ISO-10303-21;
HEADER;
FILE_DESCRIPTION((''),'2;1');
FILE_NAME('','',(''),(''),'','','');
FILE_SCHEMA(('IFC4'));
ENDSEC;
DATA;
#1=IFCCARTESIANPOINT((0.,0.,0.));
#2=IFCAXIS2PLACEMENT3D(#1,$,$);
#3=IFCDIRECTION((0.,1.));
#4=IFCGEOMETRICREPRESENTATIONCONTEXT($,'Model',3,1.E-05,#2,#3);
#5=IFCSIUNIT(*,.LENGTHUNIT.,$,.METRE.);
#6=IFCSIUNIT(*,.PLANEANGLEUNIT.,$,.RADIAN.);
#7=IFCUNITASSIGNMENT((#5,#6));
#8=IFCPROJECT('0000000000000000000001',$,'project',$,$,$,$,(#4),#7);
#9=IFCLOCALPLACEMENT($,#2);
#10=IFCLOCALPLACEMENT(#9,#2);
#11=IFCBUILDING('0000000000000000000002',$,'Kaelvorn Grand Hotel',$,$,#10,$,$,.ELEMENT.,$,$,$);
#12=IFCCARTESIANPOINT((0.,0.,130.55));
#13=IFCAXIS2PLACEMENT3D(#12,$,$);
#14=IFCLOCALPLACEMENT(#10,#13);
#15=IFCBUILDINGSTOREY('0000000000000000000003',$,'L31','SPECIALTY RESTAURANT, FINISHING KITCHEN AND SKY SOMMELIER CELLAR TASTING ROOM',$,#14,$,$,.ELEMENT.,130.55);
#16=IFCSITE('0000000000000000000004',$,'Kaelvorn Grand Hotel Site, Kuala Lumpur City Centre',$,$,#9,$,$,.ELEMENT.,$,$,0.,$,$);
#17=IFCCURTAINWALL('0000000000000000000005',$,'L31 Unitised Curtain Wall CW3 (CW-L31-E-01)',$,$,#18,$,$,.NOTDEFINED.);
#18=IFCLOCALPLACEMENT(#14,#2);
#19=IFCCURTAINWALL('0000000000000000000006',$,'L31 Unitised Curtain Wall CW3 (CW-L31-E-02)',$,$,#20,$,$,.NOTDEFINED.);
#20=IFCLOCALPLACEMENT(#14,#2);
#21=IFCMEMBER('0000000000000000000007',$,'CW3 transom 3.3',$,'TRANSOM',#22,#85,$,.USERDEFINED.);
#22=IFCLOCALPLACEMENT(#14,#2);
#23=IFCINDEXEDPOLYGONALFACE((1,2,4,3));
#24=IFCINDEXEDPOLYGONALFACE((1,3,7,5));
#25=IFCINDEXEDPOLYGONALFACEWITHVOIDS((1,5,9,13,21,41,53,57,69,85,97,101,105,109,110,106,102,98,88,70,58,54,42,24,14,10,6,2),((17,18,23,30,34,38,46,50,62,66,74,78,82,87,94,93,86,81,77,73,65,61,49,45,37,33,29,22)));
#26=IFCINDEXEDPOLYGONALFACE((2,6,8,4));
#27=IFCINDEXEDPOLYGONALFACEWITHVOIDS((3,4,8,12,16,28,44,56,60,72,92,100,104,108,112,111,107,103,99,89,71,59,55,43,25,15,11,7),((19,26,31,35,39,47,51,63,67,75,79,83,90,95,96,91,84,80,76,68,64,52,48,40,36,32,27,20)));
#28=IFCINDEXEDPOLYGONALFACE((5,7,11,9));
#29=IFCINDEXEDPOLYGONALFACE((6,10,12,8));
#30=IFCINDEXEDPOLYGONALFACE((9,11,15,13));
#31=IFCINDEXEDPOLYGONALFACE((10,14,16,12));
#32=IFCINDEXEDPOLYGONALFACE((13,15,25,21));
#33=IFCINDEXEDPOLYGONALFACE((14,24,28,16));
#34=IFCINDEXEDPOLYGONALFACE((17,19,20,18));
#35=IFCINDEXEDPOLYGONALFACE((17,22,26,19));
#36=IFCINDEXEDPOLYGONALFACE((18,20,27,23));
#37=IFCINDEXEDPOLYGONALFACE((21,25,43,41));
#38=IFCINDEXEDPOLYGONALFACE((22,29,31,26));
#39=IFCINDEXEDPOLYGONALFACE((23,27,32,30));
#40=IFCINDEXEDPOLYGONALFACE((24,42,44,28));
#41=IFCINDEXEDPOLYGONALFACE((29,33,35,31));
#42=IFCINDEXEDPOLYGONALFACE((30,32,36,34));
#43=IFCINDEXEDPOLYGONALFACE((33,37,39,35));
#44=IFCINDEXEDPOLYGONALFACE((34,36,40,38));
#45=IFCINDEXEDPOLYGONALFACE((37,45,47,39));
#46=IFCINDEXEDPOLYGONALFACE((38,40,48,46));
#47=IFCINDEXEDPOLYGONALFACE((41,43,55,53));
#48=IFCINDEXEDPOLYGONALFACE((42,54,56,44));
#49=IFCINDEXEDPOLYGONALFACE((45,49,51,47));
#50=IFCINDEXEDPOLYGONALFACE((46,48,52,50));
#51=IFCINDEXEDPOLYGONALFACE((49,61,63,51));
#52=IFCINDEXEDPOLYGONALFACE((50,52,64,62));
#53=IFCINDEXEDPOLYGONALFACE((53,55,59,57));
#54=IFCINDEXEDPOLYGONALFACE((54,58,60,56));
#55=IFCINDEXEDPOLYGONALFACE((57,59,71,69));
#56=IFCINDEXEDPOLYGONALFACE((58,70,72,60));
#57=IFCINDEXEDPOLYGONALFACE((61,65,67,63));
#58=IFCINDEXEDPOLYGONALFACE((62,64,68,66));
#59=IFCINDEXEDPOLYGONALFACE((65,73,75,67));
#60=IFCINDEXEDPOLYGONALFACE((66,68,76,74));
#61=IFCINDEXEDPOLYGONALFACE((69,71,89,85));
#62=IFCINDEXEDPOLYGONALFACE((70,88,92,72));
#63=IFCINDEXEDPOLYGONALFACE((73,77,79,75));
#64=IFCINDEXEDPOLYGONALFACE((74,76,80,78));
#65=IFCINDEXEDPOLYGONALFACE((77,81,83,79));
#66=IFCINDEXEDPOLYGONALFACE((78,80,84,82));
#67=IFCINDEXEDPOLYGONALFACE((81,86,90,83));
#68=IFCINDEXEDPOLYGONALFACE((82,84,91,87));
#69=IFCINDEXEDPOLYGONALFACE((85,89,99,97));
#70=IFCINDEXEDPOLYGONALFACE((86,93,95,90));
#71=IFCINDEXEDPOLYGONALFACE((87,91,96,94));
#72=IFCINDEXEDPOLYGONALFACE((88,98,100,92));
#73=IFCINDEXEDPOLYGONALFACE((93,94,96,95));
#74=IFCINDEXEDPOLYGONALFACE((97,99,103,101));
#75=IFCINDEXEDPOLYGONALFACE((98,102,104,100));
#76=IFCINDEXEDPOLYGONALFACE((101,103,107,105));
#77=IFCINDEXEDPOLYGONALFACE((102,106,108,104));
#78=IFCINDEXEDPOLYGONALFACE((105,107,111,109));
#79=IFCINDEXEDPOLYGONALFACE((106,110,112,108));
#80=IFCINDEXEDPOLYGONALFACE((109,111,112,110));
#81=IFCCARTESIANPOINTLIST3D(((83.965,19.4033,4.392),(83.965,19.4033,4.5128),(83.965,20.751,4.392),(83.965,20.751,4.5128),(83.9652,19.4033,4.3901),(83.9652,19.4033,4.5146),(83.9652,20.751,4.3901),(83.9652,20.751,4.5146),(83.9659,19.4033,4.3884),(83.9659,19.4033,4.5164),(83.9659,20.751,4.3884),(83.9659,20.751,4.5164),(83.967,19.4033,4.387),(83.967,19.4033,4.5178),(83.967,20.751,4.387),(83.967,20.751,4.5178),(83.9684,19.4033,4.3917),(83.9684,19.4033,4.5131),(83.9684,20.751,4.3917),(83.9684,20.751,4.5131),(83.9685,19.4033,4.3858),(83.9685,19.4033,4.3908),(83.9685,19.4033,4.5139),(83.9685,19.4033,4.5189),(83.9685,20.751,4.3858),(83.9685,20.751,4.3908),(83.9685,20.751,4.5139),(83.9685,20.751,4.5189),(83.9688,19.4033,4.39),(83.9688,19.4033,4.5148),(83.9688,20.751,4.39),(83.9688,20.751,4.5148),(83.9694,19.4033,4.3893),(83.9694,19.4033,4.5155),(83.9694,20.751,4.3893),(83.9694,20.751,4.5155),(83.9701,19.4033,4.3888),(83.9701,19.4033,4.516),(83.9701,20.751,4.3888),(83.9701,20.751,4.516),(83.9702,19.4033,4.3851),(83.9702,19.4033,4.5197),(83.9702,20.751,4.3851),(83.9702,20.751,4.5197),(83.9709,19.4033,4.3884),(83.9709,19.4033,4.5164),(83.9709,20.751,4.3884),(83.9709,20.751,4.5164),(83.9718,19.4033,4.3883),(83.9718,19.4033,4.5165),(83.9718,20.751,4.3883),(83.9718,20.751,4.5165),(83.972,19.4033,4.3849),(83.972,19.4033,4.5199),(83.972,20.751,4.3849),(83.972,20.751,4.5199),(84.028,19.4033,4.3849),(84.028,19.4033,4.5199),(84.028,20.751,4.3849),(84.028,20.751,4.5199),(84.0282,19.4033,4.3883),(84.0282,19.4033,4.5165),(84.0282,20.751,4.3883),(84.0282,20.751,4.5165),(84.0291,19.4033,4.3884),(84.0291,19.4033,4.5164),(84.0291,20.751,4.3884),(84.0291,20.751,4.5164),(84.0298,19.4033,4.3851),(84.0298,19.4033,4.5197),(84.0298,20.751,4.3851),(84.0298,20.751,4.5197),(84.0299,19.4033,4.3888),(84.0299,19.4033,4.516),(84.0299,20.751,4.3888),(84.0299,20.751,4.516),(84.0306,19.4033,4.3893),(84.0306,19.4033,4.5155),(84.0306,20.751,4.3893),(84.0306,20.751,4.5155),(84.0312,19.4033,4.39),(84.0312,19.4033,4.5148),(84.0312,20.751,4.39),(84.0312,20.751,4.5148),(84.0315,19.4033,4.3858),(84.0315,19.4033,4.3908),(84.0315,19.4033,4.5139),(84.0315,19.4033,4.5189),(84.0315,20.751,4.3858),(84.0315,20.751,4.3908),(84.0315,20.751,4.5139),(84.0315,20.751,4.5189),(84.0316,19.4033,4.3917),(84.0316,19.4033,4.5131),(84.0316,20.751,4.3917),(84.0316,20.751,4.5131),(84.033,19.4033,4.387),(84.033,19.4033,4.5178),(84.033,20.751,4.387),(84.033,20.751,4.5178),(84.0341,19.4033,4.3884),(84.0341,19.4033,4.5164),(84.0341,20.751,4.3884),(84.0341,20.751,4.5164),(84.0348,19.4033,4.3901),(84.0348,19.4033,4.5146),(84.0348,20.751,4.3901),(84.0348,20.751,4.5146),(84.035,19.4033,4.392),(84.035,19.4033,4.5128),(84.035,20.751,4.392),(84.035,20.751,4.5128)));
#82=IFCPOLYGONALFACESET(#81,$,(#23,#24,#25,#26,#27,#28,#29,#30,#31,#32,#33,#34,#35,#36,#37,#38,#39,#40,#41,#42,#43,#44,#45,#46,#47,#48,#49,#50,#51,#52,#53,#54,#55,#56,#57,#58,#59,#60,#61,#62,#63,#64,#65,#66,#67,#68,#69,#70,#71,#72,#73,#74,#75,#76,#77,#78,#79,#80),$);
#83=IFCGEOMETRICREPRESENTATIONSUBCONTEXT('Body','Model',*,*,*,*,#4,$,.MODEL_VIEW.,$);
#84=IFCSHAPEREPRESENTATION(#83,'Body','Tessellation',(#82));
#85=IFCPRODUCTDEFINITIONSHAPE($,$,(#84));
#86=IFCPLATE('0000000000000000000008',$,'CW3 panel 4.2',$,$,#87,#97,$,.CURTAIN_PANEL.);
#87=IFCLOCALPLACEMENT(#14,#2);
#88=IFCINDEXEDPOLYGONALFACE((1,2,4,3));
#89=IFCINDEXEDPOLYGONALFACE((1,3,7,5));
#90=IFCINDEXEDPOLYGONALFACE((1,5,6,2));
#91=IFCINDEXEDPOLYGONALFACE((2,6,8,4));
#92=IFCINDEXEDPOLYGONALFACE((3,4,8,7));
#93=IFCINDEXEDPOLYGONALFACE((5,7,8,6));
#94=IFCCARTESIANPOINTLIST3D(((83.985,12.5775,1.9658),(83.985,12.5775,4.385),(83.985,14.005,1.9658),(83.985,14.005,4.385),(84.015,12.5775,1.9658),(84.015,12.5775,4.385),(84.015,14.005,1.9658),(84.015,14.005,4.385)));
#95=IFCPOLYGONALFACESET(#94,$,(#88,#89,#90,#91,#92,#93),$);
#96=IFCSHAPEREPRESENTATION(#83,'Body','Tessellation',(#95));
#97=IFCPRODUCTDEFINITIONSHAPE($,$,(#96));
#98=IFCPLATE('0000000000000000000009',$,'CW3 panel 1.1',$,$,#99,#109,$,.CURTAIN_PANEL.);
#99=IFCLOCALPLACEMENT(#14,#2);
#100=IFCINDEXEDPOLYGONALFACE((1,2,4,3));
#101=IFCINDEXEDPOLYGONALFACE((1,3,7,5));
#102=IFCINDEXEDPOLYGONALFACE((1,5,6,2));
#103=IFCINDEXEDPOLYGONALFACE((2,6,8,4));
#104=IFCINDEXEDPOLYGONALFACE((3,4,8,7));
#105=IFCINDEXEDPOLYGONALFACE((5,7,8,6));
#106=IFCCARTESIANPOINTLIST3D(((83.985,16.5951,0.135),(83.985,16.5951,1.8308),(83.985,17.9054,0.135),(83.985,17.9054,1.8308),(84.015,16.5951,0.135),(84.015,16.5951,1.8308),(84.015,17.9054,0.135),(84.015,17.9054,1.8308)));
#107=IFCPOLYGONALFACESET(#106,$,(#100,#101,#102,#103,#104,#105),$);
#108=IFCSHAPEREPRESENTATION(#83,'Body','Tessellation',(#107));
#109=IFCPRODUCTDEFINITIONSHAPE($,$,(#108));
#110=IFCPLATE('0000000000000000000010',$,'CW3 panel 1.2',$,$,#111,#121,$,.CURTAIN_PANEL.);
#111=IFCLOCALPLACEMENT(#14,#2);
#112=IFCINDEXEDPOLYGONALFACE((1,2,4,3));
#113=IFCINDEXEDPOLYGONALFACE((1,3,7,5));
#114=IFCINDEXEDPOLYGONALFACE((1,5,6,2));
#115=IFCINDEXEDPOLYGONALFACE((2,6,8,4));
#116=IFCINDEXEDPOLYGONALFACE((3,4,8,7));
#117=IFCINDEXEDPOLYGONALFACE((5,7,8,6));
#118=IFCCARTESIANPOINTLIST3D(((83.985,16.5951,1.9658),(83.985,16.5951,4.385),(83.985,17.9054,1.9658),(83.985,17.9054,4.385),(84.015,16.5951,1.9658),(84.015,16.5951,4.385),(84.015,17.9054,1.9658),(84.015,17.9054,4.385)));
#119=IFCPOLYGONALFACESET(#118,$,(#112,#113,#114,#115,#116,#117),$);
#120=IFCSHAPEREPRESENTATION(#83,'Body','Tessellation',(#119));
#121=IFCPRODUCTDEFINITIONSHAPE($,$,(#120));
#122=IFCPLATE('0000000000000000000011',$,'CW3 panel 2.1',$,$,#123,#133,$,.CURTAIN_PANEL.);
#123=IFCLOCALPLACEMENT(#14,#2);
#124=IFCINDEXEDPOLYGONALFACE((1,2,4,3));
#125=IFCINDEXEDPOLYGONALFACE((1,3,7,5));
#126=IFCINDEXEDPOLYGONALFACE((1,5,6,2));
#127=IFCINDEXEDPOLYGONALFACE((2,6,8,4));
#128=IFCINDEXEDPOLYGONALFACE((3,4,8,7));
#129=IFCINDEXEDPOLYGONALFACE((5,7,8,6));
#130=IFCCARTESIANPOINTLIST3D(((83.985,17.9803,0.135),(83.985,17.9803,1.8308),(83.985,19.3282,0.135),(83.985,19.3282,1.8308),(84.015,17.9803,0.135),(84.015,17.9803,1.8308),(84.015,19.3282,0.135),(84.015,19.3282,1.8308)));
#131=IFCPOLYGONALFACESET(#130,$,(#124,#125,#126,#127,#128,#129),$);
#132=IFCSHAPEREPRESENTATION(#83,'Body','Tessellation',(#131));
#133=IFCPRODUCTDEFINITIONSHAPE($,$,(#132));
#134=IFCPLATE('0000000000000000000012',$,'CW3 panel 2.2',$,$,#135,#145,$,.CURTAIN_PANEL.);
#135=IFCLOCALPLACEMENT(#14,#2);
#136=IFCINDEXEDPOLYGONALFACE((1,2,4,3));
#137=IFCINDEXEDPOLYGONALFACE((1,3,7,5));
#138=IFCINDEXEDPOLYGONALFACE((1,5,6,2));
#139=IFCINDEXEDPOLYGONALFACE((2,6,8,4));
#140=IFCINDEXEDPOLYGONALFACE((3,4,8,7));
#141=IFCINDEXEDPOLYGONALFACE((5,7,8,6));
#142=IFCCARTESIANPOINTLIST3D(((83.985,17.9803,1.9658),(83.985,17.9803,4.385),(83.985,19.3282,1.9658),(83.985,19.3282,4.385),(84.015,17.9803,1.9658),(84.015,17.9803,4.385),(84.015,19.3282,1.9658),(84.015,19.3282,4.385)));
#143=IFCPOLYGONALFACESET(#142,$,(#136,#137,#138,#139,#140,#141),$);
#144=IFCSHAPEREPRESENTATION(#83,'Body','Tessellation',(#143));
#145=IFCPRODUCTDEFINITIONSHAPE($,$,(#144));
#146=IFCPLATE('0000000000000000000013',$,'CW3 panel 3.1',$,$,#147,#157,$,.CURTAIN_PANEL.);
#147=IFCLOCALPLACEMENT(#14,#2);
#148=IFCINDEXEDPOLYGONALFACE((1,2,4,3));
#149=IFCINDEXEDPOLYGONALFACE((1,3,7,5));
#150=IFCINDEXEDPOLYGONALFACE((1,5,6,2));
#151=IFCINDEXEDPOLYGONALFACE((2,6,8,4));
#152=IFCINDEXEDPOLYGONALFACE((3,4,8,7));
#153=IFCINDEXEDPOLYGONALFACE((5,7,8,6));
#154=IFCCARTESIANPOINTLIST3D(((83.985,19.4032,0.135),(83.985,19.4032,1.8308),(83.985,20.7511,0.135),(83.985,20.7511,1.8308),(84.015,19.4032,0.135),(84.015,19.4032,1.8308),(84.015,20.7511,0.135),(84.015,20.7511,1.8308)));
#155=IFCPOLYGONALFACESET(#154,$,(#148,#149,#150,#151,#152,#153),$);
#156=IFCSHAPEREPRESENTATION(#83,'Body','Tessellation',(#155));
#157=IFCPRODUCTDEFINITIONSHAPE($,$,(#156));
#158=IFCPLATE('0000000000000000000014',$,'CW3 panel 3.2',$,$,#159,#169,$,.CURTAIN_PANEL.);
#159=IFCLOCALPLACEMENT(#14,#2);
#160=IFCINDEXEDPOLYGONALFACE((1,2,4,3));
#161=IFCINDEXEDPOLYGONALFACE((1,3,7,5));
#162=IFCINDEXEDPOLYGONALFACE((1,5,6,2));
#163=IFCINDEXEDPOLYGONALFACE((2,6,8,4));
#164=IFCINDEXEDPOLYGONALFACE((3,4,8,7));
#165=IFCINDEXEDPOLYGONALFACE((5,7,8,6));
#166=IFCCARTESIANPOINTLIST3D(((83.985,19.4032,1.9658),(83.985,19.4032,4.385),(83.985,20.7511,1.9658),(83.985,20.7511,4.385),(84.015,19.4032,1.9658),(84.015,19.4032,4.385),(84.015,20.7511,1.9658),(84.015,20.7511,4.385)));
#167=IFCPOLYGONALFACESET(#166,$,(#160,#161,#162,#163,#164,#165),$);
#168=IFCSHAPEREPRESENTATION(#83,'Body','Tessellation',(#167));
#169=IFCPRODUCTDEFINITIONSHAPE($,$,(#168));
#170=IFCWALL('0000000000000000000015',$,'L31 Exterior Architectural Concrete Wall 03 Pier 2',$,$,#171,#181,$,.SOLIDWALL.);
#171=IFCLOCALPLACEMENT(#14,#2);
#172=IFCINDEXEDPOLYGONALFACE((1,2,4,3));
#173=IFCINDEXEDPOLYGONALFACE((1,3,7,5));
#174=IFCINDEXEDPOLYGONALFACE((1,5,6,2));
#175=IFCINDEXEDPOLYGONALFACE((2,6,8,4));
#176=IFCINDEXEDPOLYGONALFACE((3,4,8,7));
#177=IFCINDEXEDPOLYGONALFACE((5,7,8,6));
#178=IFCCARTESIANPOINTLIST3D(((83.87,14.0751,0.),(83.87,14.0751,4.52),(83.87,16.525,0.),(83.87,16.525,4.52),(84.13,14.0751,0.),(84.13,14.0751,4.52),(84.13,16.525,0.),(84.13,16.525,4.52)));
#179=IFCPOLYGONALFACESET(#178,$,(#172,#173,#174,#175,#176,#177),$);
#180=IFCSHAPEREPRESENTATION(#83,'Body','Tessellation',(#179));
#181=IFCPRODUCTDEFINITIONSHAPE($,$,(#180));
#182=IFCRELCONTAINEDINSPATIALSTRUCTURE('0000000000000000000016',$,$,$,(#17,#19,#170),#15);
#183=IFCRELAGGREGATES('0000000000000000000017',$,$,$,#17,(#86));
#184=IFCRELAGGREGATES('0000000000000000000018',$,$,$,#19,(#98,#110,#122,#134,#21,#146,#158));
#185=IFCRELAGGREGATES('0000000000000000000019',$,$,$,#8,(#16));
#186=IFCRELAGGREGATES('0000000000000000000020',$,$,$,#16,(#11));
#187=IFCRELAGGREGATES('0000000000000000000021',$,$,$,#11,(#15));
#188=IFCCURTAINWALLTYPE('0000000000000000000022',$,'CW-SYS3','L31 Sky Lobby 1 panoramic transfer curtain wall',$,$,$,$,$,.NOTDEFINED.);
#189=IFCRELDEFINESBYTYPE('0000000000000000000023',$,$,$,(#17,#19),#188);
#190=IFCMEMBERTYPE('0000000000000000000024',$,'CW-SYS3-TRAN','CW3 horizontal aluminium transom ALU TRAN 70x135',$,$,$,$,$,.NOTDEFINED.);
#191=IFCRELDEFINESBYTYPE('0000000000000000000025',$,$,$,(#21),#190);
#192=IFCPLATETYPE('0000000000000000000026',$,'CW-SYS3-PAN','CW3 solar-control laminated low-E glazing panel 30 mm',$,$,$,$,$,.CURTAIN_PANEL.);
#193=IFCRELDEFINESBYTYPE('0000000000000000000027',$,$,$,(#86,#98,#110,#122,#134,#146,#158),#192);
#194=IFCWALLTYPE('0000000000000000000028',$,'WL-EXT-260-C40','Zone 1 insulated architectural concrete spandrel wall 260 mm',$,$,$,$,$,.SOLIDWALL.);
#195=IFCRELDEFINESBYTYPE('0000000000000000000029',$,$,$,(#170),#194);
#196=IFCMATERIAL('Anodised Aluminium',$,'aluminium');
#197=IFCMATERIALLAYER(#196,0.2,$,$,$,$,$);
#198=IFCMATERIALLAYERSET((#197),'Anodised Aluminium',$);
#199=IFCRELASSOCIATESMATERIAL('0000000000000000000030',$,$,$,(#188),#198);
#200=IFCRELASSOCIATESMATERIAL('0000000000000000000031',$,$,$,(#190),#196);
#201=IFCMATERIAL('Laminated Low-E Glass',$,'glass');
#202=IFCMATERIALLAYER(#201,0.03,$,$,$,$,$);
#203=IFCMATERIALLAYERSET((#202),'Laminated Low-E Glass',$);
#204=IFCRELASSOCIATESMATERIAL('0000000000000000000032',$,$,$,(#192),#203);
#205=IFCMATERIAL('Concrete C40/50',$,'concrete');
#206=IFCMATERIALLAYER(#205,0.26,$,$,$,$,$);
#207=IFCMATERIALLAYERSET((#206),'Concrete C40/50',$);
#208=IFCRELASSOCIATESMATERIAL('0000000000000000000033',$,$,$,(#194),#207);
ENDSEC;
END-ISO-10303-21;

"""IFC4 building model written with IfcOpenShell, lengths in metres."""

from ifc_helpers import new_model, si_unit, direction, frame, frame_2d, origin, origin_2d, place, context, subcontext, project, spatial, rectangle, hollow_rectangle, extrude, material, layer, layer_set, material_profile, profile_set, type_object, element, aggregate, save


model = new_model("IFC4")

# Units and contexts
model_context = context("Model", 3, precision=1e-05, world=origin(), true_north=direction((0.0, 1.0)))
body_context = subcontext(model_context, "Body", "Model", "MODEL_VIEW")
ifc_project = project(units=[si_unit("LENGTHUNIT", "METRE"), si_unit("PLANEANGLEUNIT", "RADIAN")], contexts=[model_context])

# Site, building, storey
site_placement = place(None, origin())
site = spatial("IfcSite", under=ifc_project, at=site_placement, Name="Kaelvorn Grand Hotel Site, Kuala Lumpur City Centre", CompositionType="ELEMENT", RefElevation=0.0)
building_placement = place(site_placement, origin())
building = spatial("IfcBuilding", under=site, at=building_placement, Name="Kaelvorn Grand Hotel", CompositionType="ELEMENT")
storey_placement = place(building_placement, frame((0.0, 0.0, 130.55)))
storey = spatial("IfcBuildingStorey", under=building, at=storey_placement, Name="L31", Description="SPECIALTY RESTAURANT, FINISHING KITCHEN AND SKY SOMMELIER CELLAR TASTING ROOM", CompositionType="ELEMENT", Elevation=130.55)

# Curtain wall
ifc_material_1 = material(Name="Anodised Aluminium", Category="aluminium")
ifc_layer_1 = layer(ifc_material_1, 0.2)
ifc_layer_set_1 = layer_set([ifc_layer_1], Name="Anodised Aluminium")
curtain_wall_type = type_object("IfcCurtainWallType", Name="CW-SYS3", Description="L31 Sky Lobby 1 panoramic transfer curtain wall", PredefinedType="NOTDEFINED", material=ifc_layer_set_1)
curtain_wall_1_placement = place(storey_placement, origin())
curtain_wall_1 = element("IfcCurtainWall", 1, at=curtain_wall_1_placement, inside=storey, type_object=curtain_wall_type, Name="L31 Unitised Curtain Wall CW3 (CW-L31-E-01)", PredefinedType="NOTDEFINED")

# Curtain wall, member
curtain_wall_2_placement = place(storey_placement, origin())
curtain_wall_2 = element("IfcCurtainWall", 2, at=curtain_wall_2_placement, inside=storey, type_object=curtain_wall_type, Name="L31 Unitised Curtain Wall CW3 (CW-L31-E-02)", PredefinedType="NOTDEFINED")
ifc_material_profile_1 = material_profile(ifc_material_1, hollow_rectangle(XDim=0.0701, YDim=0.135, WallThickness=0.0034, InnerFilletRadius=0.0034, OuterFilletRadius=0.0071, at=origin_2d()), Name="ALU TRAN 70x135")
ifc_profile_set_1 = profile_set([ifc_material_profile_1], Name="Anodised Aluminium")
member_type_1 = type_object("IfcMemberType", Name="CW-SYS3-TRAN", Description="CW3 horizontal aluminium transom ALU TRAN 70x135", PredefinedType="NOTDEFINED", material=ifc_profile_set_1)
member_1_placement = place(storey_placement, frame((84.0, 19.4033, 4.4524), z_axis=(0.0, 1.0, 0.0), x_axis=(-1.0, 0.0, 0.0)))
member_1 = element("IfcMember", 3, at=member_1_placement, type_object=member_type_1, Name="CW3 transom 3.3", ObjectType="TRANSOM", PredefinedType="USERDEFINED", context=body_context, shape_type="SweptSolid", body=[
    extrude(hollow_rectangle(XDim=0.0701, YDim=0.135, WallThickness=0.0034, InnerFilletRadius=0.0034, OuterFilletRadius=0.0071, at=origin_2d()), origin(), (0.0, 0.0, 1.0), 1.3477),
])

# Plates
ifc_material_2 = material(Name="Laminated Low-E Glass", Category="glass")
ifc_layer_2 = layer(ifc_material_2, 0.03)
ifc_layer_set_2 = layer_set([ifc_layer_2], Name="Laminated Low-E Glass")
plate_type = type_object("IfcPlateType", Name="CW-SYS3-PAN", Description="CW3 solar-control laminated low-E glazing panel 30 mm", PredefinedType="CURTAIN_PANEL", material=ifc_layer_set_2)
plate_1_placement = place(storey_placement, frame((84.0, 13.2913, 1.9658), z_axis=(0.0, 0.0, 1.0), x_axis=(0.0, 1.0, 0.0)))
plate_1 = element("IfcPlate", 4, at=plate_1_placement, type_object=plate_type, Name="CW3 panel 4.2", PredefinedType="CURTAIN_PANEL", context=body_context, shape_type="SweptSolid", body=[
    extrude(rectangle(XDim=1.4275, YDim=0.03, at=origin_2d()), origin(), (0.0, 0.0, 1.0), 2.4192),
])
aggregate(curtain_wall_1, [plate_1])
plate_2_placement = place(storey_placement, frame((84.0, 17.2502, 0.135), z_axis=(0.0, 0.0, 1.0), x_axis=(0.0, 1.0, 0.0)))
plate_2 = element("IfcPlate", 5, at=plate_2_placement, type_object=plate_type, Name="CW3 panel 1.1", PredefinedType="CURTAIN_PANEL", context=body_context, shape_type="SweptSolid", body=[
    extrude(rectangle(XDim=1.3103, YDim=0.03, at=origin_2d()), origin(), (0.0, 0.0, 1.0), 1.6958),
])
plate_3_placement = place(storey_placement, frame((84.0, 17.2502, 1.9658), z_axis=(0.0, 0.0, 1.0), x_axis=(0.0, 1.0, 0.0)))
plate_3 = element("IfcPlate", 6, at=plate_3_placement, type_object=plate_type, Name="CW3 panel 1.2", PredefinedType="CURTAIN_PANEL", context=body_context, shape_type="SweptSolid", body=[
    extrude(rectangle(XDim=1.3103, YDim=0.03, at=origin_2d()), origin(), (0.0, 0.0, 1.0), 2.4192),
])
plate_4_placement = place(storey_placement, frame((84.0, 18.6543, 0.135), z_axis=(0.0, 0.0, 1.0), x_axis=(0.0, 1.0, 0.0)))
plate_4 = element("IfcPlate", 7, at=plate_4_placement, type_object=plate_type, Name="CW3 panel 2.1", PredefinedType="CURTAIN_PANEL", context=body_context, shape_type="SweptSolid", body=[
    extrude(rectangle(XDim=1.3479, YDim=0.03, at=origin_2d()), origin(), (0.0, 0.0, 1.0), 1.6958),
])
plate_5_placement = place(storey_placement, frame((84.0, 18.6543, 1.9658), z_axis=(0.0, 0.0, 1.0), x_axis=(0.0, 1.0, 0.0)))
plate_5 = element("IfcPlate", 8, at=plate_5_placement, type_object=plate_type, Name="CW3 panel 2.2", PredefinedType="CURTAIN_PANEL", context=body_context, shape_type="SweptSolid", body=[
    extrude(rectangle(XDim=1.3479, YDim=0.03, at=origin_2d()), origin(), (0.0, 0.0, 1.0), 2.4192),
])
plate_6_placement = place(storey_placement, frame((84.0, 20.0771, 0.135), z_axis=(0.0, 0.0, 1.0), x_axis=(0.0, 1.0, 0.0)))
plate_6 = element("IfcPlate", 9, at=plate_6_placement, type_object=plate_type, Name="CW3 panel 3.1", PredefinedType="CURTAIN_PANEL", context=body_context, shape_type="SweptSolid", body=[
    extrude(rectangle(XDim=1.3479, YDim=0.03, at=origin_2d()), origin(), (0.0, 0.0, 1.0), 1.6958),
])
plate_7_placement = place(storey_placement, frame((84.0, 20.0771, 1.9658), z_axis=(0.0, 0.0, 1.0), x_axis=(0.0, 1.0, 0.0)))
plate_7 = element("IfcPlate", 10, at=plate_7_placement, type_object=plate_type, Name="CW3 panel 3.2", PredefinedType="CURTAIN_PANEL", context=body_context, shape_type="SweptSolid", body=[
    extrude(rectangle(XDim=1.3479, YDim=0.03, at=origin_2d()), origin(), (0.0, 0.0, 1.0), 2.4192),
])
aggregate(curtain_wall_2, [plate_2, plate_3, plate_4, plate_5, member_1, plate_6, plate_7])

# Wall
ifc_material_3 = material(Name="Concrete C40/50", Category="concrete")
ifc_layer_3 = layer(ifc_material_3, 0.26)
ifc_layer_set_3 = layer_set([ifc_layer_3], Name="Concrete C40/50")
wall_type = type_object("IfcWallType", Name="WL-EXT-260-C40", Description="Zone 1 insulated architectural concrete spandrel wall 260 mm", PredefinedType="SOLIDWALL", material=ifc_layer_set_3)
wall_placement = place(storey_placement, frame((84.0, 14.075, 0.0), z_axis=(0.0, 0.0, 1.0), x_axis=(0.0, 1.0, 0.0)))
element("IfcWall", 11, at=wall_placement, inside=storey, type_object=wall_type, Name="L31 Exterior Architectural Concrete Wall 03 Pier 2", PredefinedType="SOLIDWALL", context=body_context, shape_type="SweptSolid", body=[
    extrude(rectangle(XDim=2.45, YDim=0.26, at=frame_2d((1.2251, 0.0))), origin(), (0.0, 0.0, 1.0), 4.52),
])

save(model, "model.ifc")
